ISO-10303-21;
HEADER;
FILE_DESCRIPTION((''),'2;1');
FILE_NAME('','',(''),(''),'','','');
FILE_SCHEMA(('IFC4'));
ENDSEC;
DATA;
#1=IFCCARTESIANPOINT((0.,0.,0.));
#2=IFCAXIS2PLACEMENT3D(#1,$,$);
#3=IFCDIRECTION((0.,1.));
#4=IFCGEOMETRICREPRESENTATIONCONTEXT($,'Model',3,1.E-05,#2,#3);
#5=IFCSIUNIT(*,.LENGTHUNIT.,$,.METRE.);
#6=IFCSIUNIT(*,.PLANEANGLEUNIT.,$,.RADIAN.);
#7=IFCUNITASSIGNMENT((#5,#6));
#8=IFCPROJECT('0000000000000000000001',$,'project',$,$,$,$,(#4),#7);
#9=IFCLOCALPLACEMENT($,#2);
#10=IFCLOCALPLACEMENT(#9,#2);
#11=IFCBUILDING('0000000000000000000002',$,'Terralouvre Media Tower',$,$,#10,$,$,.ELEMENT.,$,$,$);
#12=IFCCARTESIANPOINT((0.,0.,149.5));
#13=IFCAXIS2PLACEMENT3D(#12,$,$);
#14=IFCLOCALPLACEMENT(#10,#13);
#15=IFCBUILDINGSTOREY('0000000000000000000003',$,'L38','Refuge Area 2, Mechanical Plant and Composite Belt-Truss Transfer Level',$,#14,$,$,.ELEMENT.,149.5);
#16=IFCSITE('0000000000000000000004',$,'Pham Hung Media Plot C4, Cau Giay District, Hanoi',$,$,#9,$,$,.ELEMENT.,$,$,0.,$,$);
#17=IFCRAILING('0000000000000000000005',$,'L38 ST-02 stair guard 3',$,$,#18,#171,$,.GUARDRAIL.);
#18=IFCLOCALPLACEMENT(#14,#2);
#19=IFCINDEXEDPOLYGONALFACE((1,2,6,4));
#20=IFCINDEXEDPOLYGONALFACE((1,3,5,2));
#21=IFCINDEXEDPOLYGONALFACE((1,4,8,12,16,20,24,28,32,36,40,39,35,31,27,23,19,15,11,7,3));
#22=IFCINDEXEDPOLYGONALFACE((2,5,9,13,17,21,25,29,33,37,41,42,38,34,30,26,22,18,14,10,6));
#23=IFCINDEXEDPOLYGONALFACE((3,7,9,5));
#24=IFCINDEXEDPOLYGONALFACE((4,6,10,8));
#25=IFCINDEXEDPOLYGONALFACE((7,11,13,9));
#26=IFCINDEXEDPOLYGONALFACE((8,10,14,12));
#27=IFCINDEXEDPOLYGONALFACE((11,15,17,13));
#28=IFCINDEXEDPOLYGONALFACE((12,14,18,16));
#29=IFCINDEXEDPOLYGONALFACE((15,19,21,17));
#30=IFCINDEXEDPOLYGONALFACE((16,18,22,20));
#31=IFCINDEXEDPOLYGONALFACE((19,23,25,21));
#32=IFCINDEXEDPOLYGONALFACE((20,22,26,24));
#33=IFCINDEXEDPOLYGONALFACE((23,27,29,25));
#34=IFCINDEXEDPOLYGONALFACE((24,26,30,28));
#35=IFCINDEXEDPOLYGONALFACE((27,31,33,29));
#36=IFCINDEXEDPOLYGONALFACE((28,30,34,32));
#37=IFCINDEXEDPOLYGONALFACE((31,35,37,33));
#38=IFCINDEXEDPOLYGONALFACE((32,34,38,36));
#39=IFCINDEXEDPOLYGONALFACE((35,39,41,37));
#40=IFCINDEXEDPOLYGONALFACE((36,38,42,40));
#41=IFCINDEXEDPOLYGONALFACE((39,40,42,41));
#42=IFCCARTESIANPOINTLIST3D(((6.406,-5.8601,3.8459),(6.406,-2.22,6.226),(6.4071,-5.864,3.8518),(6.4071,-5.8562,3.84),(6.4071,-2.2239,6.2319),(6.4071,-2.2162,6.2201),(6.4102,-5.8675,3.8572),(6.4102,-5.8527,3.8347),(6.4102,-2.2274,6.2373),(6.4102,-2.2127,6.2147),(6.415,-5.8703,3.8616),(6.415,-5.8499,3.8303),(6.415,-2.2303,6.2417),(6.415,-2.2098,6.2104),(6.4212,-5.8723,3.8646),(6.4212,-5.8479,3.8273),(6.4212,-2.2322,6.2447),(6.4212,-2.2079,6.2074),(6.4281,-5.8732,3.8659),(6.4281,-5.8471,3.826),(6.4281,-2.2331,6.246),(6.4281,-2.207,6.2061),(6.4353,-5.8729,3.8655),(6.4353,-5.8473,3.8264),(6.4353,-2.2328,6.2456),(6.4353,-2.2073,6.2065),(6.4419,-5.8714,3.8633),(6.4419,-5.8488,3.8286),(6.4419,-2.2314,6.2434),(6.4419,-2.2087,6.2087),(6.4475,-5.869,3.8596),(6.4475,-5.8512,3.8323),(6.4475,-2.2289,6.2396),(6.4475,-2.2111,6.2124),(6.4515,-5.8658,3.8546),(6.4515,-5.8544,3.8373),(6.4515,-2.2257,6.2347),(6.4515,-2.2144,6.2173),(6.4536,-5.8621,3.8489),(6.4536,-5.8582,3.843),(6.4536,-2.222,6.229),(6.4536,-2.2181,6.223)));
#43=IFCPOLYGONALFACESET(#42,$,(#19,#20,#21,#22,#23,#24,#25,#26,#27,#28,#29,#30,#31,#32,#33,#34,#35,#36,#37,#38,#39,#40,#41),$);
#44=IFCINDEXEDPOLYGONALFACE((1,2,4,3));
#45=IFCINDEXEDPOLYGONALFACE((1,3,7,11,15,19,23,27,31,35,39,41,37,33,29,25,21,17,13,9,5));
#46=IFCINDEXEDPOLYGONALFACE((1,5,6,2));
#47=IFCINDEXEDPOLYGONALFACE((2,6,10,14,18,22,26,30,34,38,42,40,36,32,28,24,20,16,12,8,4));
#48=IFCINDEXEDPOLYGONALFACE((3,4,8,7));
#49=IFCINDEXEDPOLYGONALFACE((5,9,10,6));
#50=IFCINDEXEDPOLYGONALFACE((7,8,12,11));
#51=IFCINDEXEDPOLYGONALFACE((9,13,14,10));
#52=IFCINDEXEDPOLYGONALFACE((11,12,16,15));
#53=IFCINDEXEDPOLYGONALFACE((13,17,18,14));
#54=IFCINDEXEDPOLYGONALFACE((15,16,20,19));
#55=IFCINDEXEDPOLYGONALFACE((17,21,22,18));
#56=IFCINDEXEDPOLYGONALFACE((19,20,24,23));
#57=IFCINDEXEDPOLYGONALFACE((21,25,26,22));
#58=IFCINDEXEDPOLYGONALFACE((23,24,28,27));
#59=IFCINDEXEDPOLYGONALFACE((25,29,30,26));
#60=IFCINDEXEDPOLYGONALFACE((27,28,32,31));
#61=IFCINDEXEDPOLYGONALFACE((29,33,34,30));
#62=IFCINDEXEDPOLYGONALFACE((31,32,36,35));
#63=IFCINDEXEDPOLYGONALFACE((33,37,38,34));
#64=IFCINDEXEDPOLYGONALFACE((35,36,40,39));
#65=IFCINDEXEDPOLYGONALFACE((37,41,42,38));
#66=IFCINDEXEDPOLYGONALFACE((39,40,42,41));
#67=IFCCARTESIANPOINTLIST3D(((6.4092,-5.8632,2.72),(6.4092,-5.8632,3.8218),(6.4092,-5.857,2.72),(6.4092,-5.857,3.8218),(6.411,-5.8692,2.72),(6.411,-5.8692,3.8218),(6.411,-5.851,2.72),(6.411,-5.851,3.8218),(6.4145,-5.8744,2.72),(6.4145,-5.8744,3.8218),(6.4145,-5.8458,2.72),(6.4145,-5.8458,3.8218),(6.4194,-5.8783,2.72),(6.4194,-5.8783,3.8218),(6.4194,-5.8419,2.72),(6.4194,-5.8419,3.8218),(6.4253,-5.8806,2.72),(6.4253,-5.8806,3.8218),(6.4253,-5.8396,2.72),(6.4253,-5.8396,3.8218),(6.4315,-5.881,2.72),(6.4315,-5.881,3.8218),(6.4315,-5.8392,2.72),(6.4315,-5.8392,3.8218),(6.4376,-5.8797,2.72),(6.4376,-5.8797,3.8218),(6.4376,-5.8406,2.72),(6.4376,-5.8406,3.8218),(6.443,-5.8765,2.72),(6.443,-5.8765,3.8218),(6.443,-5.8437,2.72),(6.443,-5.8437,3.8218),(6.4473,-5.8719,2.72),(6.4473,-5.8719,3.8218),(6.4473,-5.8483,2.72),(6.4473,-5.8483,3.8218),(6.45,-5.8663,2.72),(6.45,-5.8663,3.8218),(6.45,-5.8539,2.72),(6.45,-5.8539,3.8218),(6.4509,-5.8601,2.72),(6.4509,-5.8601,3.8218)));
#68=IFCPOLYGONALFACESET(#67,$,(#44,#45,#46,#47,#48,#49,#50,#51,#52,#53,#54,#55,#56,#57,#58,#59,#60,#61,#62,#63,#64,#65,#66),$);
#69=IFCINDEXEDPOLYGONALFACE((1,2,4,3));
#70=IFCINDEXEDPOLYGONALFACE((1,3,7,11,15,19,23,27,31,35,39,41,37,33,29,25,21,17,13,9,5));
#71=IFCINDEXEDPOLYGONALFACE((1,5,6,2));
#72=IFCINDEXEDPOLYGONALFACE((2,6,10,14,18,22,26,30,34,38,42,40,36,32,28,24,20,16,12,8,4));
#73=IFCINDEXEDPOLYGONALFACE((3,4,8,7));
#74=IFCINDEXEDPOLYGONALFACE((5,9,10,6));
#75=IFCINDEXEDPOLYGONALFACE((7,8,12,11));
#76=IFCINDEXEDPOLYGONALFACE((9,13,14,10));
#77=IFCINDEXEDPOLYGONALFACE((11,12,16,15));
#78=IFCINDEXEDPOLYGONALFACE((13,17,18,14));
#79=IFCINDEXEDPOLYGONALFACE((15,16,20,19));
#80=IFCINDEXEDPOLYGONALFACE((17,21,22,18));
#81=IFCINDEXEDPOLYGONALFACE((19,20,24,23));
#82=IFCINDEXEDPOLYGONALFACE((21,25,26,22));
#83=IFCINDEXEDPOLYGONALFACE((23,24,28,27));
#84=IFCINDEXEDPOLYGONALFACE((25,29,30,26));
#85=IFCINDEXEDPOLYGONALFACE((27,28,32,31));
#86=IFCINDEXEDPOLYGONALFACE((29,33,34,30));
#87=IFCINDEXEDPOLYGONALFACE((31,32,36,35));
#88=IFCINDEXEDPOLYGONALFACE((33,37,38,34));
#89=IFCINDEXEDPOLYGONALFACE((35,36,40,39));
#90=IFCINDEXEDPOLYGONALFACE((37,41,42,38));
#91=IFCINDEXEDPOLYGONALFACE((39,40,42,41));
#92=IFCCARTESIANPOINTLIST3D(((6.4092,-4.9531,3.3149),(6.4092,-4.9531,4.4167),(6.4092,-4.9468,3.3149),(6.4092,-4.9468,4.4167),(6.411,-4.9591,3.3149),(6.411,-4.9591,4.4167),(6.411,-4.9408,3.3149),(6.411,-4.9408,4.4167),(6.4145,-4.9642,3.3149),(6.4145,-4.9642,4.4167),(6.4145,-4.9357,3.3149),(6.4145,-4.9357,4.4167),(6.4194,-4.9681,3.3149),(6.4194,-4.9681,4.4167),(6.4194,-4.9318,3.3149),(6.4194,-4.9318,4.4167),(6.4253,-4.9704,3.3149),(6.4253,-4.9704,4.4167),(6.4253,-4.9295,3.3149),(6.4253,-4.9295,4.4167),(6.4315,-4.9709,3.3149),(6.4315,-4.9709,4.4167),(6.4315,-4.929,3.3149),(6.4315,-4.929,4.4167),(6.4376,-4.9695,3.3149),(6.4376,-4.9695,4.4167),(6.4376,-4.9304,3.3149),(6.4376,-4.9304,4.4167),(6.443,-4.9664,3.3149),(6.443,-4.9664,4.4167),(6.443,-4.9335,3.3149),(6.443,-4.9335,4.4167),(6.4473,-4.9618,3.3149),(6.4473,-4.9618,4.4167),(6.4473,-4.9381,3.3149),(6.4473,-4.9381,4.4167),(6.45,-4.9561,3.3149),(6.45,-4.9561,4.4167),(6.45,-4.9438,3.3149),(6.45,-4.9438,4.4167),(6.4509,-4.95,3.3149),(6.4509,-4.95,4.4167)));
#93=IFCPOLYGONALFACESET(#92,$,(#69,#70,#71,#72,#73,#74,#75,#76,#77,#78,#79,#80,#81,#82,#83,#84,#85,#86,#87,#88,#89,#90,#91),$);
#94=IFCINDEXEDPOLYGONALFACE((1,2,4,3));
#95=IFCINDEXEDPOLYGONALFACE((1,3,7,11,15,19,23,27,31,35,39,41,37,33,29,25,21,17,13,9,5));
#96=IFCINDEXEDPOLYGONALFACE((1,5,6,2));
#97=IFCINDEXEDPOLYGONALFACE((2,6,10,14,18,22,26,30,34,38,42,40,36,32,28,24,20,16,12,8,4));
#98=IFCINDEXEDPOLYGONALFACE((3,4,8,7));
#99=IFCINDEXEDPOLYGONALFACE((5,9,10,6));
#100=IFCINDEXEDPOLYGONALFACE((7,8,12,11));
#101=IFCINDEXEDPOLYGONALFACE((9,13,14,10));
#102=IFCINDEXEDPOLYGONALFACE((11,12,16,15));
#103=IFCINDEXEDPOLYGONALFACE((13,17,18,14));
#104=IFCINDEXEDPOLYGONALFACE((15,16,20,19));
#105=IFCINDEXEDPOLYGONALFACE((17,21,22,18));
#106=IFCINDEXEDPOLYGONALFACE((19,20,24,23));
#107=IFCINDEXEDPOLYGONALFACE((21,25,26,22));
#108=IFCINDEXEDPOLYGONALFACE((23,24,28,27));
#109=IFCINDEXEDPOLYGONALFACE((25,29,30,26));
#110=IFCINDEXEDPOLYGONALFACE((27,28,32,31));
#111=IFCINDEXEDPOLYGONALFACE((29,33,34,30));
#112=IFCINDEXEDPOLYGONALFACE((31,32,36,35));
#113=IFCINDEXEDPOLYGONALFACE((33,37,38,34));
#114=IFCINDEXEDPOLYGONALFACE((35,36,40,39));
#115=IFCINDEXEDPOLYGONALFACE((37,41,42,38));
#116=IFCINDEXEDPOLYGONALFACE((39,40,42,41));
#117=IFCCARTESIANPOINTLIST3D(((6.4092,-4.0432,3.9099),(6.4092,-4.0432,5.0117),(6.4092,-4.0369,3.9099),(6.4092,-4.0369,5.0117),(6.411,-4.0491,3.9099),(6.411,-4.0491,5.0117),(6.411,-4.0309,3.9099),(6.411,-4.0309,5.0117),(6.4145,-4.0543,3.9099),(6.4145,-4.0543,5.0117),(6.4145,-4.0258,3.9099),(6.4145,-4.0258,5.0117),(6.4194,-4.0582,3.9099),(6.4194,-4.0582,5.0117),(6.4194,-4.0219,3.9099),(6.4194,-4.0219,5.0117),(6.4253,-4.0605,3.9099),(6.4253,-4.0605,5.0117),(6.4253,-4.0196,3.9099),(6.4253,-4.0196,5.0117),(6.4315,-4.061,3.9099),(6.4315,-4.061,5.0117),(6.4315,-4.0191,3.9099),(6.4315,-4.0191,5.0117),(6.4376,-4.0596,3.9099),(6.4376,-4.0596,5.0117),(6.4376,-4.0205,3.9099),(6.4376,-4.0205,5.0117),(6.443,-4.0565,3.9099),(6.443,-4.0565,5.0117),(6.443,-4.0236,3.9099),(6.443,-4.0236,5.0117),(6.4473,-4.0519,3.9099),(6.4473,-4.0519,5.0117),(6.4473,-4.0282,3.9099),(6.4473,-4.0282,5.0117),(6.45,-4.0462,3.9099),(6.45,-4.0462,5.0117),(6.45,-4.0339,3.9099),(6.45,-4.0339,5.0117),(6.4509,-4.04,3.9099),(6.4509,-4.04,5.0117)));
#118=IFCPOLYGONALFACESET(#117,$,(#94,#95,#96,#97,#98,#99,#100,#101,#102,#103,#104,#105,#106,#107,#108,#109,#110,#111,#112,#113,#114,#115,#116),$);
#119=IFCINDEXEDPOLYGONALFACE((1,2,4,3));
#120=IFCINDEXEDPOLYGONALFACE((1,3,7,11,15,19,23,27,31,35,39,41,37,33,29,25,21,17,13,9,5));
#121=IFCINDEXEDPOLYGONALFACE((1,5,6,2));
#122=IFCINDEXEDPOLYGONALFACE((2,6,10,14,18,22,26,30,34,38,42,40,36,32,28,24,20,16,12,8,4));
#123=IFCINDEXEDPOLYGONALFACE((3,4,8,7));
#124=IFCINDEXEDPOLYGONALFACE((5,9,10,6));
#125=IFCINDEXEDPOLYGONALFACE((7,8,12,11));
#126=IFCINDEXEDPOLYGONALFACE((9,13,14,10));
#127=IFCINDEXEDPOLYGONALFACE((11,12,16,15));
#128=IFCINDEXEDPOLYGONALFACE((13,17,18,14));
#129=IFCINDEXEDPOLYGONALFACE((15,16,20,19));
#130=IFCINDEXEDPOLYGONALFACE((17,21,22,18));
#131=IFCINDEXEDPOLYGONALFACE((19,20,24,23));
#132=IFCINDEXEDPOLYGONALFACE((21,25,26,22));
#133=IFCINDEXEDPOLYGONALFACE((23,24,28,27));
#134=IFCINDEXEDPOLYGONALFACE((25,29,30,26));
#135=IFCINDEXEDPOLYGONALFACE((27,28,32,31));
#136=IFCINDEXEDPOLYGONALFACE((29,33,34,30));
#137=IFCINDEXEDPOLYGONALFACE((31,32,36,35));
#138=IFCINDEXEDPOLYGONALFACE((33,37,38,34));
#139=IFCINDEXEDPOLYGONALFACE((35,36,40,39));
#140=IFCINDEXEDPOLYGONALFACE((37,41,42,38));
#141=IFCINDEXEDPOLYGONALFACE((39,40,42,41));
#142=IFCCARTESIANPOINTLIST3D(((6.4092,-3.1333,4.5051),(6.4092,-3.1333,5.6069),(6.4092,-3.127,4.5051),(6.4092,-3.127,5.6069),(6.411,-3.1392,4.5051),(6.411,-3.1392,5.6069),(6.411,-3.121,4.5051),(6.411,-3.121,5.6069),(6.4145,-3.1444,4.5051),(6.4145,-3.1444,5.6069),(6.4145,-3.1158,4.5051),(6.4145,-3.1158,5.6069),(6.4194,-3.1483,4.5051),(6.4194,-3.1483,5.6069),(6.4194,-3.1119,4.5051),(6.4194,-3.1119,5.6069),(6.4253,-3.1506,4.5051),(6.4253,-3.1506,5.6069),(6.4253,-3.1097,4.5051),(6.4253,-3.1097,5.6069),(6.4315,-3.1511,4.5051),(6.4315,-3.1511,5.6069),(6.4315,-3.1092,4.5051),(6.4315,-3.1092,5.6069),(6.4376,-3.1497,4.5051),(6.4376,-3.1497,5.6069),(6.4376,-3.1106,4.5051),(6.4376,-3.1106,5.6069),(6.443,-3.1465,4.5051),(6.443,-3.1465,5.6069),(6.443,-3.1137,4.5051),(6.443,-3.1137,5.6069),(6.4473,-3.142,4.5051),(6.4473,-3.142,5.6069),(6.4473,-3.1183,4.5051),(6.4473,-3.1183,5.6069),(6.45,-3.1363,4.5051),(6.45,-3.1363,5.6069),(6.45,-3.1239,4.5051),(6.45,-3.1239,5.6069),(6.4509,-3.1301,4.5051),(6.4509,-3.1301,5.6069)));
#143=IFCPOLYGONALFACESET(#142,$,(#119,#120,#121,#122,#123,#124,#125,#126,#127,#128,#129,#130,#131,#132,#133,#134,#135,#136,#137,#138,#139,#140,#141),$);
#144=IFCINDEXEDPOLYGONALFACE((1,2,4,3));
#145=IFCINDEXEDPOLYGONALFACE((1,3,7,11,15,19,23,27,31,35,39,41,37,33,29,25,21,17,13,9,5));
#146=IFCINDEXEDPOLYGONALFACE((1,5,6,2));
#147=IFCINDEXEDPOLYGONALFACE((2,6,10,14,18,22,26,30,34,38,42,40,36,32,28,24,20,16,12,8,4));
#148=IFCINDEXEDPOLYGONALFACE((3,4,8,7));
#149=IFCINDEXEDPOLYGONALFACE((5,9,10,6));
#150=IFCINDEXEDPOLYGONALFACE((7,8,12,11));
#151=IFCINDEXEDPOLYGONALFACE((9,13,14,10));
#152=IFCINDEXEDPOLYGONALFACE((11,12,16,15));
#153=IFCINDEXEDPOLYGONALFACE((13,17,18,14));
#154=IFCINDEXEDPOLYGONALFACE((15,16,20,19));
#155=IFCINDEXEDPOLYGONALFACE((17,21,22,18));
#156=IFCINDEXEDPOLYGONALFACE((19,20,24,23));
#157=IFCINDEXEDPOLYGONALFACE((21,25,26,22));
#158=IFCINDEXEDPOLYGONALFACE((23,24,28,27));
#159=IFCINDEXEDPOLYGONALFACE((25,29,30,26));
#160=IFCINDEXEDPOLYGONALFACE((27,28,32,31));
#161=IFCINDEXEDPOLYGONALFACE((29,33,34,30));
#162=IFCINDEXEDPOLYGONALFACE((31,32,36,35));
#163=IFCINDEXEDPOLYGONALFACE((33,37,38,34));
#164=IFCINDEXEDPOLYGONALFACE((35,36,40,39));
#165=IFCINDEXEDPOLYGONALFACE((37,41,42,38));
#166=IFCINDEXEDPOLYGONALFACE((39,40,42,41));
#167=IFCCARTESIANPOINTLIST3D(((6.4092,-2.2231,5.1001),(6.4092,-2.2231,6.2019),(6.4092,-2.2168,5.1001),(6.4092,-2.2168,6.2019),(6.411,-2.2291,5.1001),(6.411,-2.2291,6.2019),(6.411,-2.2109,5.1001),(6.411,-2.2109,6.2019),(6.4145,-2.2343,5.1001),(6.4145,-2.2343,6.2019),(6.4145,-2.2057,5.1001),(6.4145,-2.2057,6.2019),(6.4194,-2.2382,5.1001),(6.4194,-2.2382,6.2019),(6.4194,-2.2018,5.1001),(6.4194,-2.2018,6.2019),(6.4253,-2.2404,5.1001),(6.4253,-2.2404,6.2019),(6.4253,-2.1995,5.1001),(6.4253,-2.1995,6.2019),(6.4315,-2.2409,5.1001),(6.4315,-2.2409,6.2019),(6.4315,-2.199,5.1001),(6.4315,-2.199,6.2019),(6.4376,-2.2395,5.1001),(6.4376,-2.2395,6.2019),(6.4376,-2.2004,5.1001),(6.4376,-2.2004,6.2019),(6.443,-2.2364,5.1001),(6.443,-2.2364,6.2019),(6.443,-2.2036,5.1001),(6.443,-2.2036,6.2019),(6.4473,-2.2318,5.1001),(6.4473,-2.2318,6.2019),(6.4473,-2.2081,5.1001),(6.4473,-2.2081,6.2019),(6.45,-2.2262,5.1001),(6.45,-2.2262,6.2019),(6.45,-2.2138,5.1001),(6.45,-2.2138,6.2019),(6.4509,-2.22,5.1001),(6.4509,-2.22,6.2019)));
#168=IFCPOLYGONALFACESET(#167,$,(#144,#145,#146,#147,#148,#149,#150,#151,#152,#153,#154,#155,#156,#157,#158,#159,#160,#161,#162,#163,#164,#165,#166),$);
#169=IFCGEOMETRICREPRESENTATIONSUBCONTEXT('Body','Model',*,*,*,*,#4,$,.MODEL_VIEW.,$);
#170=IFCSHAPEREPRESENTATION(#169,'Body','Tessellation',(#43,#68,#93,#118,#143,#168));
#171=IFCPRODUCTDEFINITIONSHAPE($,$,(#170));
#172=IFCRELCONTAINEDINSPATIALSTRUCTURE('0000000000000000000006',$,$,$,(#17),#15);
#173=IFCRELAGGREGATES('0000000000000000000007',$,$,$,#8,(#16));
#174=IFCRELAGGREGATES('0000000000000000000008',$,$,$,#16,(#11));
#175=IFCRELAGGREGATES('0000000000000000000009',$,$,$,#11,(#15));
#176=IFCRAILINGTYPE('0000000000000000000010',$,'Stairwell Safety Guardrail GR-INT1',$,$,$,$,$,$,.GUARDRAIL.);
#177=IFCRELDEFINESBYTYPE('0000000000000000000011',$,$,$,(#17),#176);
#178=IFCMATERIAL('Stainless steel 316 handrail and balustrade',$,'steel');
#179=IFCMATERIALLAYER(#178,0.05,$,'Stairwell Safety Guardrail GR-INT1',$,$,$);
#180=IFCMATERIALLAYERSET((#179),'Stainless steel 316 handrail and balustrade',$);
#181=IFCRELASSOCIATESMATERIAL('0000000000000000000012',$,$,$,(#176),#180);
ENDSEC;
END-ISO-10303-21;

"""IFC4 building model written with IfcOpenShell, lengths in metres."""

from ifc_helpers import new_model, si_unit, direction, frame, origin, origin_2d, place, context, subcontext, project, spatial, circle, extrude, material, layer, layer_set, type_object, element, save


model = new_model("IFC4")

# Units and contexts
model_context = context("Model", 3, precision=1e-05, world=origin(), true_north=direction((0.0, 1.0)))
body_context = subcontext(model_context, "Body", "Model", "MODEL_VIEW")
ifc_project = project(units=[si_unit("LENGTHUNIT", "METRE"), si_unit("PLANEANGLEUNIT", "RADIAN")], contexts=[model_context])

# Site, building, storey
site_placement = place(None, origin())
site = spatial("IfcSite", under=ifc_project, at=site_placement, Name="Pham Hung Media Plot C4, Cau Giay District, Hanoi", CompositionType="ELEMENT", RefElevation=0.0)
building_placement = place(site_placement, origin())
building = spatial("IfcBuilding", under=site, at=building_placement, Name="Terralouvre Media Tower", CompositionType="ELEMENT")
storey_placement = place(building_placement, frame((0.0, 0.0, 149.5)))
storey = spatial("IfcBuildingStorey", under=building, at=storey_placement, Name="L38", Description="Refuge Area 2, Mechanical Plant and Composite Belt-Truss Transfer Level", CompositionType="ELEMENT", Elevation=149.5)

# Railing
ifc_material_1 = material(Name="Stainless steel 316 handrail and balustrade", Category="steel")
ifc_layer_1 = layer(ifc_material_1, 0.05, Name="Stairwell Safety Guardrail GR-INT1")
ifc_layer_set_1 = layer_set([ifc_layer_1], Name="Stainless steel 316 handrail and balustrade")
railing_type_1 = type_object("IfcRailingType", Name="Stairwell Safety Guardrail GR-INT1", PredefinedType="GUARDRAIL", material=ifc_layer_set_1)
railing_1_placement = place(storey_placement, frame((6.4299, -5.8601, 2.72)))
element("IfcRailing", 1, at=railing_1_placement, inside=storey, type_object=railing_type_1, Name="L38 ST-02 stair guard 3", PredefinedType="GUARDRAIL", context=body_context, shape_type="SweptSolid", body=[
    extrude(circle(Radius=0.0239, at=origin_2d()), frame((0.0, 0.0, 1.126), z_axis=(0.0, 0.836966, 0.547255), x_axis=(-1.0, 0.0, 0.0)), (0.0, 0.0, 1.0), 4.3491),
    extrude(circle(Radius=0.021, at=origin_2d()), origin(), (0.0, 0.0, 1.0), 1.1018),
    extrude(circle(Radius=0.021, at=origin_2d()), frame((0.0, 0.9102, 0.595)), (0.0, 0.0, 1.0), 1.1018),
    extrude(circle(Radius=0.021, at=origin_2d()), frame((0.0, 1.8201, 1.1899)), (0.0, 0.0, 1.0), 1.1018),
    extrude(circle(Radius=0.021, at=origin_2d()), frame((0.0, 2.73, 1.7852)), (0.0, 0.0, 1.0), 1.1018),
    extrude(circle(Radius=0.021, at=origin_2d()), frame((0.0, 3.6401, 2.3801)), (0.0, 0.0, 1.0), 1.1018),
])

save(model, "model.ifc")
